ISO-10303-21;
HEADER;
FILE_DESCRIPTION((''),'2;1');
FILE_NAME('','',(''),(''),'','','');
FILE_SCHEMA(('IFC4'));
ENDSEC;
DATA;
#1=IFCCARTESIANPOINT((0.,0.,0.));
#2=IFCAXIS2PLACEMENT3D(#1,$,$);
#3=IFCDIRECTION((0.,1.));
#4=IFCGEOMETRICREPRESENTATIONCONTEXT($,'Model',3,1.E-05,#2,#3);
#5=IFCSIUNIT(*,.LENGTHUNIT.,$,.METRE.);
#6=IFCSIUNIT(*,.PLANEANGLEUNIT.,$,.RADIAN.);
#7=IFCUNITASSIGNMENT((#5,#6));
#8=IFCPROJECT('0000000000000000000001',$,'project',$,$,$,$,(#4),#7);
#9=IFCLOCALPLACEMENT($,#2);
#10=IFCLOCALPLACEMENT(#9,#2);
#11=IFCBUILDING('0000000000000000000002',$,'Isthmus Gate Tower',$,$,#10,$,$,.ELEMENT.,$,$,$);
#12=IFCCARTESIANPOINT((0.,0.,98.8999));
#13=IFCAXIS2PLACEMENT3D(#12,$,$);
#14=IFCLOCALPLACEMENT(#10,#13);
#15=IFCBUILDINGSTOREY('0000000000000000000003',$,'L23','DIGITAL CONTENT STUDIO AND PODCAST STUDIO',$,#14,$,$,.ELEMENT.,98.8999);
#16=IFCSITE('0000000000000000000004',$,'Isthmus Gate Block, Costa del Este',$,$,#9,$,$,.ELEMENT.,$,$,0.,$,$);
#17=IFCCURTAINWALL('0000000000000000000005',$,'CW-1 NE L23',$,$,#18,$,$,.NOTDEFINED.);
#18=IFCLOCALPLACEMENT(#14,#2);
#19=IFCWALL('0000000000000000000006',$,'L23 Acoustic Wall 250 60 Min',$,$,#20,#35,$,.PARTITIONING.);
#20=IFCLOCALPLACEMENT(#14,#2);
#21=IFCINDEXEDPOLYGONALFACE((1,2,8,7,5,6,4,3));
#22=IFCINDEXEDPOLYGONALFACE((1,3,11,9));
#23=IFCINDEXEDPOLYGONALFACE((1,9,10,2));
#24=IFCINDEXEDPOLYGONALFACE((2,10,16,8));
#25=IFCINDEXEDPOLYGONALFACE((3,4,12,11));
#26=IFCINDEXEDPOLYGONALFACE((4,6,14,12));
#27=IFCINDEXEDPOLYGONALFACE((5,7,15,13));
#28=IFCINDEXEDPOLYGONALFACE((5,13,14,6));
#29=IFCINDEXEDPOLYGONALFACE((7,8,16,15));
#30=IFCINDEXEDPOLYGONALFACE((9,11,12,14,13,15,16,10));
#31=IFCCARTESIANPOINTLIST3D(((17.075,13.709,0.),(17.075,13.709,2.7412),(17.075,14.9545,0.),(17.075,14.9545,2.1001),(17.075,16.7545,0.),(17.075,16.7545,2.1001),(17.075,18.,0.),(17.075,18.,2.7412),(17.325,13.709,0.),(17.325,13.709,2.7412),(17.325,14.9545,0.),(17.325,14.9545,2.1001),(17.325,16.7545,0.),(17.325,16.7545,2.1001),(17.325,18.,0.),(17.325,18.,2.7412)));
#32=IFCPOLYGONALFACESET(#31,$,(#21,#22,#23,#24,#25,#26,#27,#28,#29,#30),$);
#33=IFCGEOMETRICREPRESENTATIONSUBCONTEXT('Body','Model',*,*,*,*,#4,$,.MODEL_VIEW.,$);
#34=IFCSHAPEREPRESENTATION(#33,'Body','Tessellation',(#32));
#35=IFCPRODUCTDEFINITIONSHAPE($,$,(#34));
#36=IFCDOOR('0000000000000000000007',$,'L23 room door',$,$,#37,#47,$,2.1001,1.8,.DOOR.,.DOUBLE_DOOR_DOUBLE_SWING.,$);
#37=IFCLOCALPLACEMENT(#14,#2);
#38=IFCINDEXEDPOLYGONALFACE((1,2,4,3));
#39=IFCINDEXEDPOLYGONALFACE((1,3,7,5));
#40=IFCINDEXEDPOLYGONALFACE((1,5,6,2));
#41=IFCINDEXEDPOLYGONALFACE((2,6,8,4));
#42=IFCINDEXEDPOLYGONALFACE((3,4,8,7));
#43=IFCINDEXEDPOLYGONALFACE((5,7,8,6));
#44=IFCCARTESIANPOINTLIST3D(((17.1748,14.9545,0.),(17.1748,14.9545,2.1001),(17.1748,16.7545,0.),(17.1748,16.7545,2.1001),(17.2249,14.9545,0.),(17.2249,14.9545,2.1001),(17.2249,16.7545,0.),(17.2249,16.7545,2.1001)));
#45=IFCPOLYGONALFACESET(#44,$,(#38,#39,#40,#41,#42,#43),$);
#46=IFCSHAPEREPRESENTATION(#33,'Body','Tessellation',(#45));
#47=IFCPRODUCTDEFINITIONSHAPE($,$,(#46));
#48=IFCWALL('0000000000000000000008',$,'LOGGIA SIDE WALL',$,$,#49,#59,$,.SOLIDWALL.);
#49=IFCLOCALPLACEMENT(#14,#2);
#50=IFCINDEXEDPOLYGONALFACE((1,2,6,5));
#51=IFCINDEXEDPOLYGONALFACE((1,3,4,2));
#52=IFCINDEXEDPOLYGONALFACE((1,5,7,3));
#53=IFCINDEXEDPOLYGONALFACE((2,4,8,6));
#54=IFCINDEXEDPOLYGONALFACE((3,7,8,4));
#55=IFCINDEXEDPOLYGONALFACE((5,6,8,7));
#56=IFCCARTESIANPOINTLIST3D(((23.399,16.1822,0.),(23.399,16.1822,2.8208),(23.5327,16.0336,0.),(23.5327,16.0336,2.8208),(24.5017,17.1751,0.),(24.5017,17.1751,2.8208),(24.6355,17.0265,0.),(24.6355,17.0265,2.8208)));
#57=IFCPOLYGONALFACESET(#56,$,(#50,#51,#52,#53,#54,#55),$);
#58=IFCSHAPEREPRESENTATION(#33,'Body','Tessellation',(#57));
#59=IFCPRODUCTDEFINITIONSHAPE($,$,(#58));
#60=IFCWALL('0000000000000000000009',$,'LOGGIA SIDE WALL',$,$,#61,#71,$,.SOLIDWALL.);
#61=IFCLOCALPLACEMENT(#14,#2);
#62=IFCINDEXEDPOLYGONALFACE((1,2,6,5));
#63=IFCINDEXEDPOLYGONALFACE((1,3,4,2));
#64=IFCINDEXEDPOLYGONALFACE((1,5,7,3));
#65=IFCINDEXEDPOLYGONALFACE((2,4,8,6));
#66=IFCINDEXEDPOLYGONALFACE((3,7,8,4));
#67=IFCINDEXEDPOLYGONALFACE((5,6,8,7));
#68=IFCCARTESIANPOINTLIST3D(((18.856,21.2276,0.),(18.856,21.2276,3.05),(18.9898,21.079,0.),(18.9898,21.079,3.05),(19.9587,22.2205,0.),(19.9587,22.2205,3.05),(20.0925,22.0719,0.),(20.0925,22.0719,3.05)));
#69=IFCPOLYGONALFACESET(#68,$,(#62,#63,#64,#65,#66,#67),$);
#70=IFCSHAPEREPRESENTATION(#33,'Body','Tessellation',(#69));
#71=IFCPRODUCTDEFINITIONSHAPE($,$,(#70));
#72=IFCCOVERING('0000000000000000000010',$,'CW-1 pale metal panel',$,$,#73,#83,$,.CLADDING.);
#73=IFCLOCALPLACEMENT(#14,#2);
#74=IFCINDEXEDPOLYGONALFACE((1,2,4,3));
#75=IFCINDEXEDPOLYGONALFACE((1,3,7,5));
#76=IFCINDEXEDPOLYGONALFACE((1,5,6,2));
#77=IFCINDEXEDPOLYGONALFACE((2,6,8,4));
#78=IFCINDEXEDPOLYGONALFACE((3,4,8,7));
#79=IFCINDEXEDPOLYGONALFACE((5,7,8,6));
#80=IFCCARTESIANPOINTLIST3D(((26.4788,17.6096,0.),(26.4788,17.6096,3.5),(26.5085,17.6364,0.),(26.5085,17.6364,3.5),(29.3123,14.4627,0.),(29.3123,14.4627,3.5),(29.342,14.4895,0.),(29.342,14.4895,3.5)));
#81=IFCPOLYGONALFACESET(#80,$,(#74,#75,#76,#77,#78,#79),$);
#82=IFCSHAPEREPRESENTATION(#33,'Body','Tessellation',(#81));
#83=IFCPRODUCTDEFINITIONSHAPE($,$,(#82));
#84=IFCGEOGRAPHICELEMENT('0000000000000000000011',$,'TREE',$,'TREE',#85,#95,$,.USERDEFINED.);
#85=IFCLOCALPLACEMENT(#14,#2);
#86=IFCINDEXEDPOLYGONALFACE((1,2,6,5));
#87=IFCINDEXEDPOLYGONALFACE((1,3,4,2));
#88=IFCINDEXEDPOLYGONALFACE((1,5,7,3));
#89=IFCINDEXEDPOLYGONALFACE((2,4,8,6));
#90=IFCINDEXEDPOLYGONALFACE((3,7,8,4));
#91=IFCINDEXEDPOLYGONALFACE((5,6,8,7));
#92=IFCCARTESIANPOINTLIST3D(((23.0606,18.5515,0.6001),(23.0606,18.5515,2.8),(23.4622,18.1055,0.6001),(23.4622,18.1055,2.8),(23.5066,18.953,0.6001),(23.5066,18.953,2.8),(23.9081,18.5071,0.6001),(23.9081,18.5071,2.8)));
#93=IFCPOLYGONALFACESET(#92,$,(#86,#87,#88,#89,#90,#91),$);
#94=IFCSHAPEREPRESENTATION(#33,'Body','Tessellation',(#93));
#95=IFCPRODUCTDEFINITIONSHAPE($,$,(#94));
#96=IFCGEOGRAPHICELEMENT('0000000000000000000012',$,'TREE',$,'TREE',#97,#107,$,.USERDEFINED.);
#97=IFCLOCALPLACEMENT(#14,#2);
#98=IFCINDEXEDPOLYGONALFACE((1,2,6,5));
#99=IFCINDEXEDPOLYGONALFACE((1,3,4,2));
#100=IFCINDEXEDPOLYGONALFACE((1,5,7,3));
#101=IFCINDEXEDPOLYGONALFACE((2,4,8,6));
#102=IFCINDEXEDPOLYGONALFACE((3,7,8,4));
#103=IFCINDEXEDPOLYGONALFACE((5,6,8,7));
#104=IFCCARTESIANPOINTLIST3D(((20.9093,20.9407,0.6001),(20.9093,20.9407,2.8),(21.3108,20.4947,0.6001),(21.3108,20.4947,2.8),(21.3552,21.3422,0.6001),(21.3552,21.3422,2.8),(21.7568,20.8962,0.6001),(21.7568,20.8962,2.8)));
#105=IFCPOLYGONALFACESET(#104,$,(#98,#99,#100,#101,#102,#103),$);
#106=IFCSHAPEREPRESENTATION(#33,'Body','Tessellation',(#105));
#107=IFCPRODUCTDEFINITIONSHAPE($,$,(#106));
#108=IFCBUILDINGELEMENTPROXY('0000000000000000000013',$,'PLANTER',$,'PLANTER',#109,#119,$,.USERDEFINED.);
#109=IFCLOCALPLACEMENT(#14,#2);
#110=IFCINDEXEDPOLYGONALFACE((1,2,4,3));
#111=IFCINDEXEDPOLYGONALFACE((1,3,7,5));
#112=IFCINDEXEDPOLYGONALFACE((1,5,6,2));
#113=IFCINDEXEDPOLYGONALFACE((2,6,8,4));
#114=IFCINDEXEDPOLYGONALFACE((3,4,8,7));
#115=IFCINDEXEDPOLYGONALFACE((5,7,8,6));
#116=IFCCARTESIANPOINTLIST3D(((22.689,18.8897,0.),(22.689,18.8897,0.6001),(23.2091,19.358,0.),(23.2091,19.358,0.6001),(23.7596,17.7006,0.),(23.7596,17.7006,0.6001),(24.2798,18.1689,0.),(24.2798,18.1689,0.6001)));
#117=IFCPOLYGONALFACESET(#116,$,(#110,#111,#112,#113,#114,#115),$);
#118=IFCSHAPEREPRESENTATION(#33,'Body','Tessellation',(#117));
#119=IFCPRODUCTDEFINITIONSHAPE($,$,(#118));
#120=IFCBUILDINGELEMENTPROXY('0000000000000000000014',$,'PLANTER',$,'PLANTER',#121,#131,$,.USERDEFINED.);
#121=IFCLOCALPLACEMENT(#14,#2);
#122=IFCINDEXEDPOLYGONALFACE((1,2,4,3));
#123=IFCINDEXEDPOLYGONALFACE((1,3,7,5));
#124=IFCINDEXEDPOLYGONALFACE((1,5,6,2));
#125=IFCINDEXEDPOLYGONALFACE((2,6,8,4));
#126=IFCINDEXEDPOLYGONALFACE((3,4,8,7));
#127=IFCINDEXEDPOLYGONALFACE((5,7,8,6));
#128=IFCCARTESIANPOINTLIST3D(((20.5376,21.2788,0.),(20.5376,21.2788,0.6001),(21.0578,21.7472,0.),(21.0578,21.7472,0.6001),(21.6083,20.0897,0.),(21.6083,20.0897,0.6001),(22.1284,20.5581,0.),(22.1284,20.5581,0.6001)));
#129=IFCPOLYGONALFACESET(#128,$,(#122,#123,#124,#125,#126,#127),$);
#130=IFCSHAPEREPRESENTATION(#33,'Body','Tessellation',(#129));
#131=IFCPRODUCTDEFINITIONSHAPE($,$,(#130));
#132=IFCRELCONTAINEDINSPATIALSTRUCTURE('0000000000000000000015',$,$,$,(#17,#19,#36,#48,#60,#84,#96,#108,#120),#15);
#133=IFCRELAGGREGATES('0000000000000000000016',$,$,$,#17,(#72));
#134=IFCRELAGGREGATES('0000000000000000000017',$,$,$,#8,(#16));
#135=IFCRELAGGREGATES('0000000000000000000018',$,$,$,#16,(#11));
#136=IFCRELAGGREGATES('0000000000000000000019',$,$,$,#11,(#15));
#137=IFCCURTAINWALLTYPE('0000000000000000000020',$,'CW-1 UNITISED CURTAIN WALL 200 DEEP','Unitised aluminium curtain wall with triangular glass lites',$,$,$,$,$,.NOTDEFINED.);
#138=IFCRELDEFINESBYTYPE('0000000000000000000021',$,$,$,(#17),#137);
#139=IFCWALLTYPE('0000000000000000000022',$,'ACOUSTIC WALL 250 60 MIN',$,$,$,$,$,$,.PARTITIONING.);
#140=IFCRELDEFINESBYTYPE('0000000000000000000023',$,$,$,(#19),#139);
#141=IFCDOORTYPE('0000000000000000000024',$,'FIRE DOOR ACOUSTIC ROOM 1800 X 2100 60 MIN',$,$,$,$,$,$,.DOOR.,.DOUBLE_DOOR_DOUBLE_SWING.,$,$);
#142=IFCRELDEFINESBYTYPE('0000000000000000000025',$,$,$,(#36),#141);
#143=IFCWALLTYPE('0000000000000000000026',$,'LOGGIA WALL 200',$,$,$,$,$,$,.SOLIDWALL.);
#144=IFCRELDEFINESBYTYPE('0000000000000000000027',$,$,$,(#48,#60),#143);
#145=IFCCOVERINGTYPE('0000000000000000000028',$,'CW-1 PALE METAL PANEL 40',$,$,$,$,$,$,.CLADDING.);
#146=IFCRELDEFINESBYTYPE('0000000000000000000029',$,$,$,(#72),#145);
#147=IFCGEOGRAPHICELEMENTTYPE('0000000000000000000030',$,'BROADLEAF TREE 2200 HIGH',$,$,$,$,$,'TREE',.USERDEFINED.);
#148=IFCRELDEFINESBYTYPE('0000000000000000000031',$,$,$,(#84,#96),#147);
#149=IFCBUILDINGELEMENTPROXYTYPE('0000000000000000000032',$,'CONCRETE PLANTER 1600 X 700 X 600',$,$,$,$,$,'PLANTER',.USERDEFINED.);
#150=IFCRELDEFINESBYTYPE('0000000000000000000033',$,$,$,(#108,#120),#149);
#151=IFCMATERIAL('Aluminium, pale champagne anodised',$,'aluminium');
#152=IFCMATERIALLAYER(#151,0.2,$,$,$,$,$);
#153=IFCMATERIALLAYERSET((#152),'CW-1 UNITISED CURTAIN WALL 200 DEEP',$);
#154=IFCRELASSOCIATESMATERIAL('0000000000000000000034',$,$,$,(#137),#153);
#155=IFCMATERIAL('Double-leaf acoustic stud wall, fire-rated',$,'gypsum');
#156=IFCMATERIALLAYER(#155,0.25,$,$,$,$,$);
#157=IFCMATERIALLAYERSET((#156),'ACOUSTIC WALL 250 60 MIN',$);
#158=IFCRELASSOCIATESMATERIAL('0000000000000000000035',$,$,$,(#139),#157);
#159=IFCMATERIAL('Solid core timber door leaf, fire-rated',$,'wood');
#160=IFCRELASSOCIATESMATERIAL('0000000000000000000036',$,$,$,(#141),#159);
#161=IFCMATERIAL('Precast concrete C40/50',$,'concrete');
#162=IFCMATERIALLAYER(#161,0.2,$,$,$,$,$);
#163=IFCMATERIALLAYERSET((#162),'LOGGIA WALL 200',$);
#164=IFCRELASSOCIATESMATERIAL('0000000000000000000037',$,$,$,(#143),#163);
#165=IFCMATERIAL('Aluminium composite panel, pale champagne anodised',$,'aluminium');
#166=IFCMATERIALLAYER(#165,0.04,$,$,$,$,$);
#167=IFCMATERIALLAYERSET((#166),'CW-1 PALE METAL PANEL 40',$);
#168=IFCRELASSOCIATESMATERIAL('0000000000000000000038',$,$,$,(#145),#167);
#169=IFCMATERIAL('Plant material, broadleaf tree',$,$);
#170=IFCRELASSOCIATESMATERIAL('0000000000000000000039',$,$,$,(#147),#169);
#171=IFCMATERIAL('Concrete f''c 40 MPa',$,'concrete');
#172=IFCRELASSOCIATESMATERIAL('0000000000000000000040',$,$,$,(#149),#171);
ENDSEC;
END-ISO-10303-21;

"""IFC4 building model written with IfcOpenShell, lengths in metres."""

from ifc_helpers import new_model, si_unit, direction, frame, frame_2d, origin, origin_2d, place, context, subcontext, project, spatial, rectangle, extrude, material, layer, layer_set, type_object, element, fill, aggregate, save


model = new_model("IFC4")

# Units and contexts
model_context = context("Model", 3, precision=1e-05, world=origin(), true_north=direction((0.0, 1.0)))
body_context = subcontext(model_context, "Body", "Model", "MODEL_VIEW")
ifc_project = project(units=[si_unit("LENGTHUNIT", "METRE"), si_unit("PLANEANGLEUNIT", "RADIAN")], contexts=[model_context])

# Site, building, storey
site_placement = place(None, origin())
site = spatial("IfcSite", under=ifc_project, at=site_placement, Name="Isthmus Gate Block, Costa del Este", CompositionType="ELEMENT", RefElevation=0.0)
building_placement = place(site_placement, origin())
building = spatial("IfcBuilding", under=site, at=building_placement, Name="Isthmus Gate Tower", CompositionType="ELEMENT")
storey_placement = place(building_placement, frame((0.0, 0.0, 98.8999)))
storey = spatial("IfcBuildingStorey", under=building, at=storey_placement, Name="L23", Description="DIGITAL CONTENT STUDIO AND PODCAST STUDIO", CompositionType="ELEMENT", Elevation=98.8999)

# Curtain wall
ifc_material_1 = material(Name="Aluminium, pale champagne anodised", Category="aluminium")
ifc_layer_1 = layer(ifc_material_1, 0.2)
ifc_layer_set_1 = layer_set([ifc_layer_1], Name="CW-1 UNITISED CURTAIN WALL 200 DEEP")
curtain_wall_type_1 = type_object("IfcCurtainWallType", Name="CW-1 UNITISED CURTAIN WALL 200 DEEP", Description="Unitised aluminium curtain wall with triangular glass lites", PredefinedType="NOTDEFINED", material=ifc_layer_set_1)
curtain_wall_1_placement = place(storey_placement, origin())
curtain_wall_1 = element("IfcCurtainWall", 1, at=curtain_wall_1_placement, inside=storey, type_object=curtain_wall_type_1, Name="CW-1 NE L23", PredefinedType="NOTDEFINED")

# Wall, opening, door
ifc_material_2 = material(Name="Double-leaf acoustic stud wall, fire-rated", Category="gypsum")
ifc_layer_2 = layer(ifc_material_2, 0.25)
ifc_layer_set_2 = layer_set([ifc_layer_2], Name="ACOUSTIC WALL 250 60 MIN")
wall_type_1 = type_object("IfcWallType", Name="ACOUSTIC WALL 250 60 MIN", PredefinedType="PARTITIONING", material=ifc_layer_set_2)
wall_1_placement = place(storey_placement, frame((17.2, 18.0, 0.0), z_axis=(0.0, 0.0, 1.0), x_axis=(0.0, -1.0, 0.0)))
wall_1 = element("IfcWall", 2, at=wall_1_placement, inside=storey, type_object=wall_type_1, Name="L23 Acoustic Wall 250 60 Min", PredefinedType="PARTITIONING", context=body_context, shape_type="SweptSolid", body=[
    extrude(rectangle(XDim=4.291, YDim=0.25, at=frame_2d((2.1455, 0.0))), origin(), (0.0, 0.0, 1.0), 2.7412),
])
opening_1_placement = place(wall_1_placement, frame((1.2456, 0.0, 0.0)))
opening_1 = element("IfcOpeningElement", 3, at=opening_1_placement, cuts=wall_1, PredefinedType="OPENING", context=body_context, shape_type="SweptSolid", body=[
    extrude(rectangle(XDim=1.8, YDim=2.1001, at=frame_2d((0.8999, 1.05))), frame((0.0, 0.135, 0.0), z_axis=(0.0, -1.0, 0.0), x_axis=(1.0, 0.0, 0.0)), (0.0, 0.0, 1.0), 0.27),
])
ifc_material_3 = material(Name="Solid core timber door leaf, fire-rated", Category="wood")
door_type_1 = type_object("IfcDoorType", Name="FIRE DOOR ACOUSTIC ROOM 1800 X 2100 60 MIN", OperationType="DOUBLE_DOOR_DOUBLE_SWING", PredefinedType="DOOR", material=ifc_material_3)
door_1_placement = place(opening_1_placement, origin())
door_1 = element("IfcDoor", 4, at=door_1_placement, inside=storey, type_object=door_type_1, Name="L23 room door", OperationType="DOUBLE_DOOR_DOUBLE_SWING", OverallHeight=2.1001, OverallWidth=1.8, PredefinedType="DOOR", context=body_context, shape_type="SweptSolid", body=[
    extrude(rectangle(XDim=1.8, YDim=2.1001, at=frame_2d((0.8999, 1.05))), frame((0.0, 0.0249, 0.0), z_axis=(0.0, -1.0, 0.0), x_axis=(1.0, 0.0, 0.0)), (0.0, 0.0, 1.0), 0.05),
])
fill(opening_1, door_1)
ifc_material_4 = material(Name="Precast concrete C40/50", Category="concrete")
ifc_layer_3 = layer(ifc_material_4, 0.2)
ifc_layer_set_3 = layer_set([ifc_layer_3], Name="LOGGIA WALL 200")
wall_type_2 = type_object("IfcWallType", Name="LOGGIA WALL 200", PredefinedType="SOLIDWALL", material=ifc_layer_set_3)

# Walls
wall_2_placement = place(storey_placement, frame((24.5686, 17.1008, 0.0), z_axis=(0.0, 0.0, 1.0), x_axis=(-0.743155, -0.669119, 0.0)))
element("IfcWall", 5, at=wall_2_placement, inside=storey, type_object=wall_type_2, Name="LOGGIA SIDE WALL", PredefinedType="SOLIDWALL", context=body_context, shape_type="SweptSolid", body=[
    extrude(rectangle(XDim=1.4839, YDim=0.2, at=frame_2d((0.7419, 0.0))), origin(), (0.0, 0.0, 1.0), 2.8208),
])
wall_3_placement = place(storey_placement, frame((20.0256, 22.1462, 0.0), z_axis=(0.0, 0.0, 1.0), x_axis=(-0.743155, -0.669119, 0.0)))
element("IfcWall", 6, at=wall_3_placement, inside=storey, type_object=wall_type_2, Name="LOGGIA SIDE WALL", PredefinedType="SOLIDWALL", context=body_context, shape_type="SweptSolid", body=[
    extrude(rectangle(XDim=1.4839, YDim=0.2, at=frame_2d((0.7419, 0.0))), origin(), (0.0, 0.0, 1.0), 3.05),
])

# Covering
ifc_material_5 = material(Name="Aluminium composite panel, pale champagne anodised", Category="aluminium")
ifc_layer_4 = layer(ifc_material_5, 0.04)
ifc_layer_set_4 = layer_set([ifc_layer_4], Name="CW-1 PALE METAL PANEL 40")
covering_type = type_object("IfcCoveringType", Name="CW-1 PALE METAL PANEL 40", PredefinedType="CLADDING", material=ifc_layer_set_4)
covering_placement = place(storey_placement, frame((27.9104, 16.0496, 0.0), z_axis=(0.0, 0.0, 1.0), x_axis=(-0.669131, 0.743145, 0.0)))
covering = element("IfcCovering", 7, at=covering_placement, type_object=covering_type, Name="CW-1 pale metal panel", PredefinedType="CLADDING", context=body_context, shape_type="SweptSolid", body=[
    extrude(rectangle(XDim=4.2346, YDim=0.04, at=origin_2d()), origin(), (0.0, 0.0, 1.0), 3.5),
])
aggregate(curtain_wall_1, [covering])

# Geographic elements
ifc_material_6 = material(Name="Plant material, broadleaf tree")
geographic_element_type = type_object("IfcGeographicElementType", Name="BROADLEAF TREE 2200 HIGH", ElementType="TREE", PredefinedType="USERDEFINED", material=ifc_material_6)
for number, where, z_axis, x_axis, name in (
    (8, (23.4844, 18.5293, 0.6001), (0.0, 0.0, 1.0), (-0.669131, 0.743145, 0.0), "TREE"),
    (9, (21.333, 20.9185, 0.6001), (0.0, 0.0, 1.0), (-0.669131, 0.743145, 0.0), "TREE"),
):
    element("IfcGeographicElement", number, at=place(storey_placement, frame(where, z_axis=z_axis, x_axis=x_axis)), inside=storey, type_object=geographic_element_type, Name=name, ObjectType="TREE", PredefinedType="USERDEFINED", context=body_context, shape_type="SweptSolid", body=[
        extrude(rectangle(XDim=0.6001, YDim=0.6001, at=origin_2d()), origin(), (0.0, 0.0, 1.0), 2.2),
    ])

# Building element proxies
ifc_material_7 = material(Name="Concrete f'c 40 MPa", Category="concrete")
building_element_proxy_type = type_object("IfcBuildingElementProxyType", Name="CONCRETE PLANTER 1600 X 700 X 600", ElementType="PLANTER", PredefinedType="USERDEFINED", material=ifc_material_7)
for number, where, z_axis, x_axis, name in (
    (10, (23.4844, 18.5293, 0.0), (0.0, 0.0, 1.0), (-0.669131, 0.743145, 0.0), "PLANTER"),
    (11, (21.333, 20.9185, 0.0), (0.0, 0.0, 1.0), (-0.669131, 0.743145, 0.0), "PLANTER"),
):
    element("IfcBuildingElementProxy", number, at=place(storey_placement, frame(where, z_axis=z_axis, x_axis=x_axis)), inside=storey, type_object=building_element_proxy_type, Name=name, ObjectType="PLANTER", PredefinedType="USERDEFINED", context=body_context, shape_type="SweptSolid", body=[
        extrude(rectangle(XDim=1.6001, YDim=0.7, at=origin_2d()), origin(), (0.0, 0.0, 1.0), 0.6001),
    ])

save(model, "model.ifc")
